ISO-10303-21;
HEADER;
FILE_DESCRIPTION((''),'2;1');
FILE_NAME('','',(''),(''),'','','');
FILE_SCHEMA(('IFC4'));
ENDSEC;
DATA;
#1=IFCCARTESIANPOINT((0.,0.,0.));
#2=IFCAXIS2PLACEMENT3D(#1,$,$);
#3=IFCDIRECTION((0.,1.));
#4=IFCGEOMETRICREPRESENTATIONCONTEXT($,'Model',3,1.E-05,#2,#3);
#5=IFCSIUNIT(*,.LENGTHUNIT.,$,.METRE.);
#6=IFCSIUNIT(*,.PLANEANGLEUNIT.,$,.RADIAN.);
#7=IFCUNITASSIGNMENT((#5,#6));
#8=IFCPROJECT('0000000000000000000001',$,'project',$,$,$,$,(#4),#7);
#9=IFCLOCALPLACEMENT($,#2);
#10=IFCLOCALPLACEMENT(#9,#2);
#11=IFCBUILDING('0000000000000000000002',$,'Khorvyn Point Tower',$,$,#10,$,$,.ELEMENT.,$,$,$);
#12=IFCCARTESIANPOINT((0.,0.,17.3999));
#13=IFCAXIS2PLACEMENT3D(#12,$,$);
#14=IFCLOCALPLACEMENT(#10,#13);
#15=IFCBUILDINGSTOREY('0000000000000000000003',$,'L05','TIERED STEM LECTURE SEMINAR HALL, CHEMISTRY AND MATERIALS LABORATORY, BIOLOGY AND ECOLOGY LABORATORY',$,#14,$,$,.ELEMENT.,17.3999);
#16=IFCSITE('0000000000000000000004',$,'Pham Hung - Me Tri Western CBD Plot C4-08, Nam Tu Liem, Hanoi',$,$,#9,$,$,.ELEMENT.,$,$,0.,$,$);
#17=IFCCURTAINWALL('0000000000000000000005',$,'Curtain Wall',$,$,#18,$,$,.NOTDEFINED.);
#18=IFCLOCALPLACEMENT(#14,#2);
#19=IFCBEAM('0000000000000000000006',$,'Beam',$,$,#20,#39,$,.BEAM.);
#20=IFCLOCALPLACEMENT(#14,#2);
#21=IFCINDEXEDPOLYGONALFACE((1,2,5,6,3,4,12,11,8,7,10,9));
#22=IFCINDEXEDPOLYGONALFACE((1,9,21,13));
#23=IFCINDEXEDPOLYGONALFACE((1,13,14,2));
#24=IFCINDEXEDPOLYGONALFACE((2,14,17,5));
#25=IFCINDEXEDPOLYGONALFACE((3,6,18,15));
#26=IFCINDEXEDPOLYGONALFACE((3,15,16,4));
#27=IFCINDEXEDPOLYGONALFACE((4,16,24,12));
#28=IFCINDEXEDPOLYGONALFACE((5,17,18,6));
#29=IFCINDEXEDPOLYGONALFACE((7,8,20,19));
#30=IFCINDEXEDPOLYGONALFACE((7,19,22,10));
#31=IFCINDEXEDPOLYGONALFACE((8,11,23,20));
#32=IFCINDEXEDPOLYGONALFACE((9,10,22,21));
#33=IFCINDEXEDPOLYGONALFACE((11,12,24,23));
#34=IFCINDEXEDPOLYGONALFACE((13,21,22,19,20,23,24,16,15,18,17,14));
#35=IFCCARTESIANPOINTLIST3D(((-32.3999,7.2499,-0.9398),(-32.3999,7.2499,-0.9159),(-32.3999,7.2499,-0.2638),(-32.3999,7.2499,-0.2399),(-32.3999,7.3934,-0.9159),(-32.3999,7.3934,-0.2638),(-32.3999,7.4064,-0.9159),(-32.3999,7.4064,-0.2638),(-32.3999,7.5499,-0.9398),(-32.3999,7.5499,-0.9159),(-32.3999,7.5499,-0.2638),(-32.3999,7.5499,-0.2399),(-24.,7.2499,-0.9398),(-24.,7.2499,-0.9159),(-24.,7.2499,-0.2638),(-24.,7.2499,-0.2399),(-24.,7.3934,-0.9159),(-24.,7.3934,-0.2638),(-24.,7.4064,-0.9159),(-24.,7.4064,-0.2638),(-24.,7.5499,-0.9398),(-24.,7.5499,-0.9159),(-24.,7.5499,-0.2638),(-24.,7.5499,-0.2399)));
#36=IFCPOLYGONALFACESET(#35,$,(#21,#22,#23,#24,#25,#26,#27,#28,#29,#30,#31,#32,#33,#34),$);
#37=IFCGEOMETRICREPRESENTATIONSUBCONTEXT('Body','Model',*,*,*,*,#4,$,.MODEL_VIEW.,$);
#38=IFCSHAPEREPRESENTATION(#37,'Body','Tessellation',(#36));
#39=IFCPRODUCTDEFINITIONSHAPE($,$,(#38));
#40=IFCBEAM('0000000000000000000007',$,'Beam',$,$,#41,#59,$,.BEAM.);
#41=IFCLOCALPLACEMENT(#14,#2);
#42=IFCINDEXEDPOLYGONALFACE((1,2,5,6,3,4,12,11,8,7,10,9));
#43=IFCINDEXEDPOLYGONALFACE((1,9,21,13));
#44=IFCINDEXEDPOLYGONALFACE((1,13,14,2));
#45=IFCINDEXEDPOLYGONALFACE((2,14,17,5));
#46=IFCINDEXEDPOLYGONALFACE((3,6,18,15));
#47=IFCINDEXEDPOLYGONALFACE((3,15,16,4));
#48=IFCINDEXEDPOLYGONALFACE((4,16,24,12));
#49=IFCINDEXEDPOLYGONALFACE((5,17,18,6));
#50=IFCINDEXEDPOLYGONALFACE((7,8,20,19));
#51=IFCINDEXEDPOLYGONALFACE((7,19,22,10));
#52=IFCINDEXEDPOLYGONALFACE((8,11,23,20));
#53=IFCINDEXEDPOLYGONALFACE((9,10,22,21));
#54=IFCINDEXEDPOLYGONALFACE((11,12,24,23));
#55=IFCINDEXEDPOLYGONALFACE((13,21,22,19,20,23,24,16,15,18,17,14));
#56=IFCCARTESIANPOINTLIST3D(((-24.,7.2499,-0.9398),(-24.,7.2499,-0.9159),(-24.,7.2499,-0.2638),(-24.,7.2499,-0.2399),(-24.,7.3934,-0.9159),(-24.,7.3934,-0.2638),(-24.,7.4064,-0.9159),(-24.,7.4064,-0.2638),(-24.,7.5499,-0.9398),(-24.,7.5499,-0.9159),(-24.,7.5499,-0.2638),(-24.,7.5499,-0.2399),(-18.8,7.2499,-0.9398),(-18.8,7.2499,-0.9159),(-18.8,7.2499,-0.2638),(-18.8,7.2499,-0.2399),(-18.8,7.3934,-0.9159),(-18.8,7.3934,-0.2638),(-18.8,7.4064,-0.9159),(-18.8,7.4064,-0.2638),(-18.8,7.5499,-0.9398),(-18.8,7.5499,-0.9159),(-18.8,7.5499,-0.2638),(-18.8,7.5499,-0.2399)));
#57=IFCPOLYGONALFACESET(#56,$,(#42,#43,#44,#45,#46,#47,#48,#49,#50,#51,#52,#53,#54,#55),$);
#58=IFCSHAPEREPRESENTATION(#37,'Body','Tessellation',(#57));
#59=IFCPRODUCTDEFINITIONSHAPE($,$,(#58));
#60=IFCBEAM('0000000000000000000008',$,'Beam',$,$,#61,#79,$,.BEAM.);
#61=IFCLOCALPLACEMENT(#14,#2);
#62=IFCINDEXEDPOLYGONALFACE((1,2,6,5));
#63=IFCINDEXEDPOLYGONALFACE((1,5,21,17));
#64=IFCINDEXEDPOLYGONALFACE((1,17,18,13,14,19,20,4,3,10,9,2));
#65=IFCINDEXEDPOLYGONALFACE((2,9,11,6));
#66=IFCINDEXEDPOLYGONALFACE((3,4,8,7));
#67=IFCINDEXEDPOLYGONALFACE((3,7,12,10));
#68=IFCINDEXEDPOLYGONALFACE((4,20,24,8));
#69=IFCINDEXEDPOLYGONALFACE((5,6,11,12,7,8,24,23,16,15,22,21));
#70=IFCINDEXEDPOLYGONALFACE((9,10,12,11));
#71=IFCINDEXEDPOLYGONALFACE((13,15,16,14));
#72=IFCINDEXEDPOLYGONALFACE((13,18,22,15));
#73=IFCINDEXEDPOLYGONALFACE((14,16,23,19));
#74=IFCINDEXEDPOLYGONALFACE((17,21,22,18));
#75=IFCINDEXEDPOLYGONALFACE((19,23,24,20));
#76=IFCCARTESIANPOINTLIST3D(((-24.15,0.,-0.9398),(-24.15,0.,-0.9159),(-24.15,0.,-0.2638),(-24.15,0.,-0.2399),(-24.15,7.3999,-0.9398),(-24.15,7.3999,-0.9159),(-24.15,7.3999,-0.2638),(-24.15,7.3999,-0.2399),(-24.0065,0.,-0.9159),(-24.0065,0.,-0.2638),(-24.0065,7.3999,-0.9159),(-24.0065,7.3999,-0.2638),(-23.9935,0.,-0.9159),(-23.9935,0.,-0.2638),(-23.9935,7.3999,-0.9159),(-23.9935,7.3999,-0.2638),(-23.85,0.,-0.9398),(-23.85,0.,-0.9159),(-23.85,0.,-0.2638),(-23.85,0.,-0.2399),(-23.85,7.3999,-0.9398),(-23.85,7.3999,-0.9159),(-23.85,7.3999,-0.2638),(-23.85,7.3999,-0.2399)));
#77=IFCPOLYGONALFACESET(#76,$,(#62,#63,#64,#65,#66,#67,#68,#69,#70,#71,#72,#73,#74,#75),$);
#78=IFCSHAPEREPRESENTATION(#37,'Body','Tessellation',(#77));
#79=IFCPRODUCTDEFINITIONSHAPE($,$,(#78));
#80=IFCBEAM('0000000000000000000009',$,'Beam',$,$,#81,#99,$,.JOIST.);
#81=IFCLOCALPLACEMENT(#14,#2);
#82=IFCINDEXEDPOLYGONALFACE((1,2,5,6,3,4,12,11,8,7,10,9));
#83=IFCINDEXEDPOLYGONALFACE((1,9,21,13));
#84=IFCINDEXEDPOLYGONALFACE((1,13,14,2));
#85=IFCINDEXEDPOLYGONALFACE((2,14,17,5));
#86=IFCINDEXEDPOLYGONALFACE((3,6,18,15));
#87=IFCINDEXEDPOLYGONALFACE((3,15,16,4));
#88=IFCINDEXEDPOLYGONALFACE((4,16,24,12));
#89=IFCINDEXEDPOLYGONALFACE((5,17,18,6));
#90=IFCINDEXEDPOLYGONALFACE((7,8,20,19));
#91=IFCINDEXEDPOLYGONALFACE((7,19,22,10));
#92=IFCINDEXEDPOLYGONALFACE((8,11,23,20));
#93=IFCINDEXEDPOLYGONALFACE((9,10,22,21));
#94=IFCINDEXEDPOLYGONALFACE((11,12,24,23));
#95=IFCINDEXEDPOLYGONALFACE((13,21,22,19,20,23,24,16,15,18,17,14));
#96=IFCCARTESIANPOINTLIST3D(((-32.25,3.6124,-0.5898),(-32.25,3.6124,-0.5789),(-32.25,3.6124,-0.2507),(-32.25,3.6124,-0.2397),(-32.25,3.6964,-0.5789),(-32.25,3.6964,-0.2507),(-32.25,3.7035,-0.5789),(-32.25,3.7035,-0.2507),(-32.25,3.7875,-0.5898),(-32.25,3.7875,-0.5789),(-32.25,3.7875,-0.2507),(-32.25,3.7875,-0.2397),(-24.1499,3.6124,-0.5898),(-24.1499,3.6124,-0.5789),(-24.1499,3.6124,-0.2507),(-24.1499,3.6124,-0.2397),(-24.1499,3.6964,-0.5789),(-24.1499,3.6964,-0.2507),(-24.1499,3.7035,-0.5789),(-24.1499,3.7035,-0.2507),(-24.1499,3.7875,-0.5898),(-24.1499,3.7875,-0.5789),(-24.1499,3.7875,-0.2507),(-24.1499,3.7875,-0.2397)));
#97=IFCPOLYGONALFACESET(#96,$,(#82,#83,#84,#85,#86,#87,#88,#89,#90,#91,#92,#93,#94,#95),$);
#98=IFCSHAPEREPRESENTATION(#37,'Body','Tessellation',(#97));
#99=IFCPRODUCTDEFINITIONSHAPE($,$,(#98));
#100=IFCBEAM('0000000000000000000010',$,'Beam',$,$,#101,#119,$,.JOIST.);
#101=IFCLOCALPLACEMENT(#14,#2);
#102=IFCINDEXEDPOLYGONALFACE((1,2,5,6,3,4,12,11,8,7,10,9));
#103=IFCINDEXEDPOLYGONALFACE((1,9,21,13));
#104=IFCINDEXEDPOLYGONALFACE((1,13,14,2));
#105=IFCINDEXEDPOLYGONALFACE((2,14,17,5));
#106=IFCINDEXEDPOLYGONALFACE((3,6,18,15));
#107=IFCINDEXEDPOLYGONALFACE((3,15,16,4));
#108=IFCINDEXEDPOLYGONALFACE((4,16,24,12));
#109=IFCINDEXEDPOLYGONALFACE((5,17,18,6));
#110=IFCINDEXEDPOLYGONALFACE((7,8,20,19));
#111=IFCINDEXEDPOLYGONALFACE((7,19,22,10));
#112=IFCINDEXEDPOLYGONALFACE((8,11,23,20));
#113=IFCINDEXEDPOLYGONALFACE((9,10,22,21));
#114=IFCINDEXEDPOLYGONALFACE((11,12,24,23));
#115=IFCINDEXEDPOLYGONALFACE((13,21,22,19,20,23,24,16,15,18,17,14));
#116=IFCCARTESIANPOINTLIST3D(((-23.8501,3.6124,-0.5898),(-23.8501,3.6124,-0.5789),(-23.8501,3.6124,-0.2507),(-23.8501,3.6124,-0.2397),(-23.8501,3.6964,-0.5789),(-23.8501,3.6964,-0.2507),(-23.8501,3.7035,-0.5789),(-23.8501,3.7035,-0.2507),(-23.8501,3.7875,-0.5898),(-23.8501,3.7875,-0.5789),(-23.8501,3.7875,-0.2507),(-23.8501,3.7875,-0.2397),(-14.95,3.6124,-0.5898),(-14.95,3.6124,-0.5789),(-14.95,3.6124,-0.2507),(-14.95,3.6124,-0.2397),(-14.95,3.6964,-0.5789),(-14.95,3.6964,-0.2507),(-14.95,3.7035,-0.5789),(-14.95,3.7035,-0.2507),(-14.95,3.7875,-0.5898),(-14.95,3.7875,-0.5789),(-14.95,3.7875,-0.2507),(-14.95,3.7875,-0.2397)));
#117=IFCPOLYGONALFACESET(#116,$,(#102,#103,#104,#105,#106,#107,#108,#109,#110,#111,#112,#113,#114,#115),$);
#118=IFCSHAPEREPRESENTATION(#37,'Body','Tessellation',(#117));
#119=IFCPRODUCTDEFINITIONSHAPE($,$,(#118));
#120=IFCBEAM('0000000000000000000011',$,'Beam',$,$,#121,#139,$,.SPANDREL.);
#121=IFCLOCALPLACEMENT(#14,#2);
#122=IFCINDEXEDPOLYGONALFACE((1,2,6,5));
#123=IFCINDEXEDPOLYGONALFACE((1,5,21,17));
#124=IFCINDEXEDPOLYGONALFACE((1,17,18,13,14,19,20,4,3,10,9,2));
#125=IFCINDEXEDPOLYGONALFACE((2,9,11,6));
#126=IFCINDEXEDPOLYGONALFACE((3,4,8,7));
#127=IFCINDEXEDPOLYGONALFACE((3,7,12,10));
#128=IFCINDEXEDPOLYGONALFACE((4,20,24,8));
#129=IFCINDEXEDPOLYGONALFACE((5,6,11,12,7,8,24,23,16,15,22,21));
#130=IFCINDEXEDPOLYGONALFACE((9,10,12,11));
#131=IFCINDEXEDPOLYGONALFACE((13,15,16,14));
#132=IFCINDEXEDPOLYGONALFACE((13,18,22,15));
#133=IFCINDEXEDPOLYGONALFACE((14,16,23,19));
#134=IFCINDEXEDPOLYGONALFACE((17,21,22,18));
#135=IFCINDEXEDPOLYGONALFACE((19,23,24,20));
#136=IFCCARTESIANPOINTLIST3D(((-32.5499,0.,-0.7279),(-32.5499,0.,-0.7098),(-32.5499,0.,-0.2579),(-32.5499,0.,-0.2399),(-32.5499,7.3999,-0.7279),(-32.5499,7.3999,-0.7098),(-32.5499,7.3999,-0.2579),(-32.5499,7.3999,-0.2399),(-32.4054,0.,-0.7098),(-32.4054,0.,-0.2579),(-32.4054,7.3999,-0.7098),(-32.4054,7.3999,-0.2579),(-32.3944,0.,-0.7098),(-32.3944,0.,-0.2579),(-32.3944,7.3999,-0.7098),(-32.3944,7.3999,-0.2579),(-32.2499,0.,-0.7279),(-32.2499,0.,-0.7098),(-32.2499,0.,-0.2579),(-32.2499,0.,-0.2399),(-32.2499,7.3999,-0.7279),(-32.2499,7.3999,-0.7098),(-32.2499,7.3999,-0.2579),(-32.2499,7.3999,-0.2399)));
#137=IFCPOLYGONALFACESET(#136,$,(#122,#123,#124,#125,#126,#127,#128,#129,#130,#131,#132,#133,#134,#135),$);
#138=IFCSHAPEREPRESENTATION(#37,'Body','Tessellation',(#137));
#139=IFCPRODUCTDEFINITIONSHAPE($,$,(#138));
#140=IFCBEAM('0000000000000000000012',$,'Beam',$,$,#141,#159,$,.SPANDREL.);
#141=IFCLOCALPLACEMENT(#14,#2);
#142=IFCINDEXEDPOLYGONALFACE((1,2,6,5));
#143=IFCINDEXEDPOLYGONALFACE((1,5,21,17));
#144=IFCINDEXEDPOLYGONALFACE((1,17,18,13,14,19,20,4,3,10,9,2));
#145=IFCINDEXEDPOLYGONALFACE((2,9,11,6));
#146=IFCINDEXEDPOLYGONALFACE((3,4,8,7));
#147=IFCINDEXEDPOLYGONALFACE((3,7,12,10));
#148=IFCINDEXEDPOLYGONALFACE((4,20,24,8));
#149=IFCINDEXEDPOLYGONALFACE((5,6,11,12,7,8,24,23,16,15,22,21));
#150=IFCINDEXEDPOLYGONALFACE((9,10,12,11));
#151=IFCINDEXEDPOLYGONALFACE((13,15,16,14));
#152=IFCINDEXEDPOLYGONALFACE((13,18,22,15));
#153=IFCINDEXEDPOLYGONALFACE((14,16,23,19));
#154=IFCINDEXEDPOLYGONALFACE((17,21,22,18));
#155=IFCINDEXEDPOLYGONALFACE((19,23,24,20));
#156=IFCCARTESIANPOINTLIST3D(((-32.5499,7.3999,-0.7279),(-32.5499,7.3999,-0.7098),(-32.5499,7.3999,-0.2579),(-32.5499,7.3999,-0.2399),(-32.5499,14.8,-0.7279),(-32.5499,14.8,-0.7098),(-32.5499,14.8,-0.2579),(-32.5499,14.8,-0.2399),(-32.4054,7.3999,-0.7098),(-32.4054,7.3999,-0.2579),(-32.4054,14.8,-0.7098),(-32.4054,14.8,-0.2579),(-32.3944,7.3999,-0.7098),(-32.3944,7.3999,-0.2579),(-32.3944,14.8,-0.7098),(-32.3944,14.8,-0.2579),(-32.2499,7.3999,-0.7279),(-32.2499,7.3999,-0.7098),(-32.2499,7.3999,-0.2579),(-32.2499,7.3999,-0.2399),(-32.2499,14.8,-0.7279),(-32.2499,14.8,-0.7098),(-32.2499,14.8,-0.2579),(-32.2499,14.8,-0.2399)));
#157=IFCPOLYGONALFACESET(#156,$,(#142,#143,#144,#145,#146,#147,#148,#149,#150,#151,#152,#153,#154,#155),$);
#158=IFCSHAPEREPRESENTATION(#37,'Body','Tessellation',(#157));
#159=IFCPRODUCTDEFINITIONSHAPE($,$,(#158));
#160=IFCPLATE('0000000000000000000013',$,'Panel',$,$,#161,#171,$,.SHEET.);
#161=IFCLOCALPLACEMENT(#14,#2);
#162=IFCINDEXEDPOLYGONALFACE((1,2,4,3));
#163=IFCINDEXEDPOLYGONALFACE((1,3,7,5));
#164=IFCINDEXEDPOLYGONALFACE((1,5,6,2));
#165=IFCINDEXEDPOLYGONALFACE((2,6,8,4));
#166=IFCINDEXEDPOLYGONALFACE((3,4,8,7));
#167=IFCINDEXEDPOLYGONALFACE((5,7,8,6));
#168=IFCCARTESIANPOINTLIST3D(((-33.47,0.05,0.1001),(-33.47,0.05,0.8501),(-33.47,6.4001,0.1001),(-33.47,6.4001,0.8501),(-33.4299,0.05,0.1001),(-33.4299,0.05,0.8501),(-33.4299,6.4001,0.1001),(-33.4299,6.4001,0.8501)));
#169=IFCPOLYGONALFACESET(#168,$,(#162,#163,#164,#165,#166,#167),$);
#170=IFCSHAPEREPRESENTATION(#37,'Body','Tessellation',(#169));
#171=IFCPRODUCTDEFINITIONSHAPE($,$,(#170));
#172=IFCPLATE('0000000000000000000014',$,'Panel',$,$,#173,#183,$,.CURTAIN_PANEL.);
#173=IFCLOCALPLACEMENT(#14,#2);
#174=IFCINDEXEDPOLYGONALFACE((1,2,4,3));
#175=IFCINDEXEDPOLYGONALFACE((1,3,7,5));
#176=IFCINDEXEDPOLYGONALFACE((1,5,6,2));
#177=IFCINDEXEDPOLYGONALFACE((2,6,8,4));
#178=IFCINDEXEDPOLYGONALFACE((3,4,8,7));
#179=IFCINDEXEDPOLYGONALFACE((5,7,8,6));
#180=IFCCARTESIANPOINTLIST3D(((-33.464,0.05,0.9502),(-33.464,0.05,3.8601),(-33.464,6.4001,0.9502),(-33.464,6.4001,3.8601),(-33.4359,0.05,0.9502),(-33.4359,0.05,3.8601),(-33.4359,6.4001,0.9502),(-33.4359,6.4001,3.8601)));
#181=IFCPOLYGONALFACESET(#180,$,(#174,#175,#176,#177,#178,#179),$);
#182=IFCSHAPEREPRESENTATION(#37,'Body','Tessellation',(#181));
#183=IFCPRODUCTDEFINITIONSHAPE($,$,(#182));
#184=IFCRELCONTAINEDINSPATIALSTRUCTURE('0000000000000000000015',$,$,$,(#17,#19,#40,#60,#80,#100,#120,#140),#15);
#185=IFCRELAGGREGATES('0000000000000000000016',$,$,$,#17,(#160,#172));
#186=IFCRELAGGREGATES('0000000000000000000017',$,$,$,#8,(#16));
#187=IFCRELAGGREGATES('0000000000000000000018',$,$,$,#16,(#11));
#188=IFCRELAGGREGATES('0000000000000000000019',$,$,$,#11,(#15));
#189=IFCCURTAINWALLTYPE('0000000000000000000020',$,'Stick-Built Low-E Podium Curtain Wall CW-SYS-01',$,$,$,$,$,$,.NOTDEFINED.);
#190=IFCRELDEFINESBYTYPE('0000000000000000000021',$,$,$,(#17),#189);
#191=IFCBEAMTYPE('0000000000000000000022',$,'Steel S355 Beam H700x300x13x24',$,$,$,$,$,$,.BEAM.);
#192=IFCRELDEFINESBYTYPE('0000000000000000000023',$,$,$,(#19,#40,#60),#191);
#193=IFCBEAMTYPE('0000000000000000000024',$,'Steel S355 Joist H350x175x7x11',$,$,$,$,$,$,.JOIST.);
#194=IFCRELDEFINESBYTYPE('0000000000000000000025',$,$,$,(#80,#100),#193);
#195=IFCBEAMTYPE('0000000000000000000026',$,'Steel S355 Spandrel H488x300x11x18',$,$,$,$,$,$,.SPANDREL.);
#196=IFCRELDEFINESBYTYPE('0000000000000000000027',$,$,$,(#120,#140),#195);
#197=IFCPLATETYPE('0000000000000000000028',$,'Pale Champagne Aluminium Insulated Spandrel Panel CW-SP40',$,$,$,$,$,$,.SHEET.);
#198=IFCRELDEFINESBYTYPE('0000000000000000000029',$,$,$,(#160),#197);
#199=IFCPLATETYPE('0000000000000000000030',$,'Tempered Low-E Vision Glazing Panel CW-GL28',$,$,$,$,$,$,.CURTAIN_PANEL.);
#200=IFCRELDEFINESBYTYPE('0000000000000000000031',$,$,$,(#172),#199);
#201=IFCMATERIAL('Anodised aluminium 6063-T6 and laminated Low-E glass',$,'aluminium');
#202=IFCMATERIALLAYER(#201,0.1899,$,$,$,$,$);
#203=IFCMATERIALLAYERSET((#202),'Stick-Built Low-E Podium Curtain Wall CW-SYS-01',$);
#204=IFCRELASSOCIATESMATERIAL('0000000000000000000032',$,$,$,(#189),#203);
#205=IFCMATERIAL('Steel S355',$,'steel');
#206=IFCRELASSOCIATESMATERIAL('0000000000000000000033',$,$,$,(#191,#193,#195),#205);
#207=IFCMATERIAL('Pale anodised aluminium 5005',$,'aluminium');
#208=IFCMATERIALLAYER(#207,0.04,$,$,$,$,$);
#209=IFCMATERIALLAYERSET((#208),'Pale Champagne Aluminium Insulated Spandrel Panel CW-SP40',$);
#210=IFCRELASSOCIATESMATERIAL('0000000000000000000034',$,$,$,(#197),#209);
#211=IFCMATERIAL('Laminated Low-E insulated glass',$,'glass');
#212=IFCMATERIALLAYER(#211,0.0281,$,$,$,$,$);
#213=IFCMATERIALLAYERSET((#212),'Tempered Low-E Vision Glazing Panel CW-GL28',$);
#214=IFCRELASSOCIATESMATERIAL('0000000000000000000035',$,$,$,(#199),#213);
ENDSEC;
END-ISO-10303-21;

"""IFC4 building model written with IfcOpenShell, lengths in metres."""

from ifc_helpers import new_model, si_unit, direction, frame, origin, origin_2d, place, context, subcontext, project, spatial, rectangle, i_section, extrude, material, layer, layer_set, material_profile, profile_set, type_object, element, aggregate, save


model = new_model("IFC4")

# Units and contexts
model_context = context("Model", 3, precision=1e-05, world=origin(), true_north=direction((0.0, 1.0)))
body_context = subcontext(model_context, "Body", "Model", "MODEL_VIEW")
ifc_project = project(units=[si_unit("LENGTHUNIT", "METRE"), si_unit("PLANEANGLEUNIT", "RADIAN")], contexts=[model_context])

# Site, building, storey
site_placement = place(None, origin())
site = spatial("IfcSite", under=ifc_project, at=site_placement, Name="Pham Hung - Me Tri Western CBD Plot C4-08, Nam Tu Liem, Hanoi", CompositionType="ELEMENT", RefElevation=0.0)
building_placement = place(site_placement, origin())
building = spatial("IfcBuilding", under=site, at=building_placement, Name="Khorvyn Point Tower", CompositionType="ELEMENT")
storey_placement = place(building_placement, frame((0.0, 0.0, 17.3999)))
storey = spatial("IfcBuildingStorey", under=building, at=storey_placement, Name="L05", Description="TIERED STEM LECTURE SEMINAR HALL, CHEMISTRY AND MATERIALS LABORATORY, BIOLOGY AND ECOLOGY LABORATORY", CompositionType="ELEMENT", Elevation=17.3999)

# Curtain wall
ifc_material_1 = material(Name="Anodised aluminium 6063-T6 and laminated Low-E glass", Category="aluminium")
ifc_layer_1 = layer(ifc_material_1, 0.1899)
ifc_layer_set_1 = layer_set([ifc_layer_1], Name="Stick-Built Low-E Podium Curtain Wall CW-SYS-01")
curtain_wall_type = type_object("IfcCurtainWallType", Name="Stick-Built Low-E Podium Curtain Wall CW-SYS-01", PredefinedType="NOTDEFINED", material=ifc_layer_set_1)
curtain_wall_placement = place(storey_placement, origin())
curtain_wall = element("IfcCurtainWall", 1, at=curtain_wall_placement, inside=storey, type_object=curtain_wall_type, Name="Curtain Wall", PredefinedType="NOTDEFINED")

# Beams
ifc_material_2 = material(Name="Steel S355", Category="steel")
ifc_material_profile_1 = material_profile(ifc_material_2, i_section(OverallWidth=0.3, OverallDepth=0.7, WebThickness=0.0129, FlangeThickness=0.0239, at=origin_2d()))
ifc_profile_set_1 = profile_set([ifc_material_profile_1], Name="Steel S355 H700x300x13x24")
beam_type_1 = type_object("IfcBeamType", Name="Steel S355 Beam H700x300x13x24", PredefinedType="BEAM", material=ifc_profile_set_1)
beam_1_placement = place(storey_placement, frame((-32.3999, 7.3999, -0.5898), z_axis=(1.0, 0.0, 0.0), x_axis=(0.0, 1.0, 0.0)))
element("IfcBeam", 2, at=beam_1_placement, inside=storey, type_object=beam_type_1, Name="Beam", PredefinedType="BEAM", context=body_context, shape_type="SweptSolid", body=[
    extrude(i_section(OverallWidth=0.3, OverallDepth=0.7, WebThickness=0.0129, FlangeThickness=0.0239, at=origin_2d()), origin(), (0.0, 0.0, 1.0), 8.3999),
])
beam_2_placement = place(storey_placement, frame((-24.0, 7.3999, -0.5898), z_axis=(1.0, 0.0, 0.0), x_axis=(0.0, 1.0, 0.0)))
element("IfcBeam", 3, at=beam_2_placement, inside=storey, type_object=beam_type_1, Name="Beam", PredefinedType="BEAM", context=body_context, shape_type="SweptSolid", body=[
    extrude(i_section(OverallWidth=0.3, OverallDepth=0.7, WebThickness=0.0129, FlangeThickness=0.0239, at=origin_2d()), origin(), (0.0, 0.0, 1.0), 5.2),
])
beam_3_placement = place(storey_placement, frame((-24.0, 0.0, -0.5898), z_axis=(0.0, 1.0, 0.0), x_axis=(-1.0, 0.0, 0.0)))
element("IfcBeam", 4, at=beam_3_placement, inside=storey, type_object=beam_type_1, Name="Beam", PredefinedType="BEAM", context=body_context, shape_type="SweptSolid", body=[
    extrude(i_section(OverallWidth=0.3, OverallDepth=0.7, WebThickness=0.0129, FlangeThickness=0.0239, at=origin_2d()), origin(), (0.0, 0.0, 1.0), 7.3999),
])
ifc_material_profile_2 = material_profile(ifc_material_2, i_section(OverallWidth=0.175, OverallDepth=0.3501, WebThickness=0.0071, FlangeThickness=0.011, at=origin_2d()))
ifc_profile_set_2 = profile_set([ifc_material_profile_2], Name="Steel S355 H350x175x7x11")
beam_type_2 = type_object("IfcBeamType", Name="Steel S355 Joist H350x175x7x11", PredefinedType="JOIST", material=ifc_profile_set_2)
beam_4_placement = place(storey_placement, frame((-32.25, 3.7, -0.4148), z_axis=(1.0, 0.0, 0.0), x_axis=(0.0, 1.0, 0.0)))
element("IfcBeam", 5, at=beam_4_placement, inside=storey, type_object=beam_type_2, Name="Beam", PredefinedType="JOIST", context=body_context, shape_type="SweptSolid", body=[
    extrude(i_section(OverallWidth=0.175, OverallDepth=0.3501, WebThickness=0.0071, FlangeThickness=0.011, at=origin_2d()), origin(), (0.0, 0.0, 1.0), 8.1001),
])
beam_5_placement = place(storey_placement, frame((-23.8501, 3.7, -0.4148), z_axis=(1.0, 0.0, 0.0), x_axis=(0.0, 1.0, 0.0)))
element("IfcBeam", 6, at=beam_5_placement, inside=storey, type_object=beam_type_2, Name="Beam", PredefinedType="JOIST", context=body_context, shape_type="SweptSolid", body=[
    extrude(i_section(OverallWidth=0.175, OverallDepth=0.3501, WebThickness=0.0071, FlangeThickness=0.011, at=origin_2d()), origin(), (0.0, 0.0, 1.0), 8.9001),
])
ifc_material_profile_3 = material_profile(ifc_material_2, i_section(OverallWidth=0.3, OverallDepth=0.488, WebThickness=0.011, FlangeThickness=0.0181, at=origin_2d()))
ifc_profile_set_3 = profile_set([ifc_material_profile_3], Name="Steel S355 H488x300x11x18")
beam_type_3 = type_object("IfcBeamType", Name="Steel S355 Spandrel H488x300x11x18", PredefinedType="SPANDREL", material=ifc_profile_set_3)
beam_6_placement = place(storey_placement, frame((-32.3999, 0.0, -0.4839), z_axis=(0.0, 1.0, 0.0), x_axis=(-1.0, 0.0, 0.0)))
element("IfcBeam", 7, at=beam_6_placement, inside=storey, type_object=beam_type_3, Name="Beam", PredefinedType="SPANDREL", context=body_context, shape_type="SweptSolid", body=[
    extrude(i_section(OverallWidth=0.3, OverallDepth=0.488, WebThickness=0.011, FlangeThickness=0.0181, at=origin_2d()), origin(), (0.0, 0.0, 1.0), 7.3999),
])
beam_7_placement = place(storey_placement, frame((-32.3999, 7.3999, -0.4839), z_axis=(0.0, 1.0, 0.0), x_axis=(-1.0, 0.0, 0.0)))
element("IfcBeam", 8, at=beam_7_placement, inside=storey, type_object=beam_type_3, Name="Beam", PredefinedType="SPANDREL", context=body_context, shape_type="SweptSolid", body=[
    extrude(i_section(OverallWidth=0.3, OverallDepth=0.488, WebThickness=0.011, FlangeThickness=0.0181, at=origin_2d()), origin(), (0.0, 0.0, 1.0), 7.4001),
])

# Plates
ifc_material_3 = material(Name="Pale anodised aluminium 5005", Category="aluminium")
ifc_layer_2 = layer(ifc_material_3, 0.04)
ifc_layer_set_2 = layer_set([ifc_layer_2], Name="Pale Champagne Aluminium Insulated Spandrel Panel CW-SP40")
plate_type_1 = type_object("IfcPlateType", Name="Pale Champagne Aluminium Insulated Spandrel Panel CW-SP40", PredefinedType="SHEET", material=ifc_layer_set_2)
plate_1_placement = place(storey_placement, frame((-33.45, 3.2251, 0.1001), z_axis=(0.0, 0.0, 1.0), x_axis=(0.0, 1.0, 0.0)))
plate_1 = element("IfcPlate", 9, at=plate_1_placement, type_object=plate_type_1, Name="Panel", PredefinedType="SHEET", context=body_context, shape_type="SweptSolid", body=[
    extrude(rectangle(XDim=6.3501, YDim=0.04, at=origin_2d()), origin(), (0.0, 0.0, 1.0), 0.75),
])
ifc_material_4 = material(Name="Laminated Low-E insulated glass", Category="glass")
ifc_layer_3 = layer(ifc_material_4, 0.0281)
ifc_layer_set_3 = layer_set([ifc_layer_3], Name="Tempered Low-E Vision Glazing Panel CW-GL28")
plate_type_2 = type_object("IfcPlateType", Name="Tempered Low-E Vision Glazing Panel CW-GL28", PredefinedType="CURTAIN_PANEL", material=ifc_layer_set_3)
plate_2_placement = place(storey_placement, frame((-33.45, 3.2251, 0.9502), z_axis=(0.0, 0.0, 1.0), x_axis=(0.0, 1.0, 0.0)))
plate_2 = element("IfcPlate", 10, at=plate_2_placement, type_object=plate_type_2, Name="Panel", PredefinedType="CURTAIN_PANEL", context=body_context, shape_type="SweptSolid", body=[
    extrude(rectangle(XDim=6.3501, YDim=0.0281, at=origin_2d()), origin(), (0.0, 0.0, 1.0), 2.9099),
])
aggregate(curtain_wall, [plate_1, plate_2])

save(model, "model.ifc")
